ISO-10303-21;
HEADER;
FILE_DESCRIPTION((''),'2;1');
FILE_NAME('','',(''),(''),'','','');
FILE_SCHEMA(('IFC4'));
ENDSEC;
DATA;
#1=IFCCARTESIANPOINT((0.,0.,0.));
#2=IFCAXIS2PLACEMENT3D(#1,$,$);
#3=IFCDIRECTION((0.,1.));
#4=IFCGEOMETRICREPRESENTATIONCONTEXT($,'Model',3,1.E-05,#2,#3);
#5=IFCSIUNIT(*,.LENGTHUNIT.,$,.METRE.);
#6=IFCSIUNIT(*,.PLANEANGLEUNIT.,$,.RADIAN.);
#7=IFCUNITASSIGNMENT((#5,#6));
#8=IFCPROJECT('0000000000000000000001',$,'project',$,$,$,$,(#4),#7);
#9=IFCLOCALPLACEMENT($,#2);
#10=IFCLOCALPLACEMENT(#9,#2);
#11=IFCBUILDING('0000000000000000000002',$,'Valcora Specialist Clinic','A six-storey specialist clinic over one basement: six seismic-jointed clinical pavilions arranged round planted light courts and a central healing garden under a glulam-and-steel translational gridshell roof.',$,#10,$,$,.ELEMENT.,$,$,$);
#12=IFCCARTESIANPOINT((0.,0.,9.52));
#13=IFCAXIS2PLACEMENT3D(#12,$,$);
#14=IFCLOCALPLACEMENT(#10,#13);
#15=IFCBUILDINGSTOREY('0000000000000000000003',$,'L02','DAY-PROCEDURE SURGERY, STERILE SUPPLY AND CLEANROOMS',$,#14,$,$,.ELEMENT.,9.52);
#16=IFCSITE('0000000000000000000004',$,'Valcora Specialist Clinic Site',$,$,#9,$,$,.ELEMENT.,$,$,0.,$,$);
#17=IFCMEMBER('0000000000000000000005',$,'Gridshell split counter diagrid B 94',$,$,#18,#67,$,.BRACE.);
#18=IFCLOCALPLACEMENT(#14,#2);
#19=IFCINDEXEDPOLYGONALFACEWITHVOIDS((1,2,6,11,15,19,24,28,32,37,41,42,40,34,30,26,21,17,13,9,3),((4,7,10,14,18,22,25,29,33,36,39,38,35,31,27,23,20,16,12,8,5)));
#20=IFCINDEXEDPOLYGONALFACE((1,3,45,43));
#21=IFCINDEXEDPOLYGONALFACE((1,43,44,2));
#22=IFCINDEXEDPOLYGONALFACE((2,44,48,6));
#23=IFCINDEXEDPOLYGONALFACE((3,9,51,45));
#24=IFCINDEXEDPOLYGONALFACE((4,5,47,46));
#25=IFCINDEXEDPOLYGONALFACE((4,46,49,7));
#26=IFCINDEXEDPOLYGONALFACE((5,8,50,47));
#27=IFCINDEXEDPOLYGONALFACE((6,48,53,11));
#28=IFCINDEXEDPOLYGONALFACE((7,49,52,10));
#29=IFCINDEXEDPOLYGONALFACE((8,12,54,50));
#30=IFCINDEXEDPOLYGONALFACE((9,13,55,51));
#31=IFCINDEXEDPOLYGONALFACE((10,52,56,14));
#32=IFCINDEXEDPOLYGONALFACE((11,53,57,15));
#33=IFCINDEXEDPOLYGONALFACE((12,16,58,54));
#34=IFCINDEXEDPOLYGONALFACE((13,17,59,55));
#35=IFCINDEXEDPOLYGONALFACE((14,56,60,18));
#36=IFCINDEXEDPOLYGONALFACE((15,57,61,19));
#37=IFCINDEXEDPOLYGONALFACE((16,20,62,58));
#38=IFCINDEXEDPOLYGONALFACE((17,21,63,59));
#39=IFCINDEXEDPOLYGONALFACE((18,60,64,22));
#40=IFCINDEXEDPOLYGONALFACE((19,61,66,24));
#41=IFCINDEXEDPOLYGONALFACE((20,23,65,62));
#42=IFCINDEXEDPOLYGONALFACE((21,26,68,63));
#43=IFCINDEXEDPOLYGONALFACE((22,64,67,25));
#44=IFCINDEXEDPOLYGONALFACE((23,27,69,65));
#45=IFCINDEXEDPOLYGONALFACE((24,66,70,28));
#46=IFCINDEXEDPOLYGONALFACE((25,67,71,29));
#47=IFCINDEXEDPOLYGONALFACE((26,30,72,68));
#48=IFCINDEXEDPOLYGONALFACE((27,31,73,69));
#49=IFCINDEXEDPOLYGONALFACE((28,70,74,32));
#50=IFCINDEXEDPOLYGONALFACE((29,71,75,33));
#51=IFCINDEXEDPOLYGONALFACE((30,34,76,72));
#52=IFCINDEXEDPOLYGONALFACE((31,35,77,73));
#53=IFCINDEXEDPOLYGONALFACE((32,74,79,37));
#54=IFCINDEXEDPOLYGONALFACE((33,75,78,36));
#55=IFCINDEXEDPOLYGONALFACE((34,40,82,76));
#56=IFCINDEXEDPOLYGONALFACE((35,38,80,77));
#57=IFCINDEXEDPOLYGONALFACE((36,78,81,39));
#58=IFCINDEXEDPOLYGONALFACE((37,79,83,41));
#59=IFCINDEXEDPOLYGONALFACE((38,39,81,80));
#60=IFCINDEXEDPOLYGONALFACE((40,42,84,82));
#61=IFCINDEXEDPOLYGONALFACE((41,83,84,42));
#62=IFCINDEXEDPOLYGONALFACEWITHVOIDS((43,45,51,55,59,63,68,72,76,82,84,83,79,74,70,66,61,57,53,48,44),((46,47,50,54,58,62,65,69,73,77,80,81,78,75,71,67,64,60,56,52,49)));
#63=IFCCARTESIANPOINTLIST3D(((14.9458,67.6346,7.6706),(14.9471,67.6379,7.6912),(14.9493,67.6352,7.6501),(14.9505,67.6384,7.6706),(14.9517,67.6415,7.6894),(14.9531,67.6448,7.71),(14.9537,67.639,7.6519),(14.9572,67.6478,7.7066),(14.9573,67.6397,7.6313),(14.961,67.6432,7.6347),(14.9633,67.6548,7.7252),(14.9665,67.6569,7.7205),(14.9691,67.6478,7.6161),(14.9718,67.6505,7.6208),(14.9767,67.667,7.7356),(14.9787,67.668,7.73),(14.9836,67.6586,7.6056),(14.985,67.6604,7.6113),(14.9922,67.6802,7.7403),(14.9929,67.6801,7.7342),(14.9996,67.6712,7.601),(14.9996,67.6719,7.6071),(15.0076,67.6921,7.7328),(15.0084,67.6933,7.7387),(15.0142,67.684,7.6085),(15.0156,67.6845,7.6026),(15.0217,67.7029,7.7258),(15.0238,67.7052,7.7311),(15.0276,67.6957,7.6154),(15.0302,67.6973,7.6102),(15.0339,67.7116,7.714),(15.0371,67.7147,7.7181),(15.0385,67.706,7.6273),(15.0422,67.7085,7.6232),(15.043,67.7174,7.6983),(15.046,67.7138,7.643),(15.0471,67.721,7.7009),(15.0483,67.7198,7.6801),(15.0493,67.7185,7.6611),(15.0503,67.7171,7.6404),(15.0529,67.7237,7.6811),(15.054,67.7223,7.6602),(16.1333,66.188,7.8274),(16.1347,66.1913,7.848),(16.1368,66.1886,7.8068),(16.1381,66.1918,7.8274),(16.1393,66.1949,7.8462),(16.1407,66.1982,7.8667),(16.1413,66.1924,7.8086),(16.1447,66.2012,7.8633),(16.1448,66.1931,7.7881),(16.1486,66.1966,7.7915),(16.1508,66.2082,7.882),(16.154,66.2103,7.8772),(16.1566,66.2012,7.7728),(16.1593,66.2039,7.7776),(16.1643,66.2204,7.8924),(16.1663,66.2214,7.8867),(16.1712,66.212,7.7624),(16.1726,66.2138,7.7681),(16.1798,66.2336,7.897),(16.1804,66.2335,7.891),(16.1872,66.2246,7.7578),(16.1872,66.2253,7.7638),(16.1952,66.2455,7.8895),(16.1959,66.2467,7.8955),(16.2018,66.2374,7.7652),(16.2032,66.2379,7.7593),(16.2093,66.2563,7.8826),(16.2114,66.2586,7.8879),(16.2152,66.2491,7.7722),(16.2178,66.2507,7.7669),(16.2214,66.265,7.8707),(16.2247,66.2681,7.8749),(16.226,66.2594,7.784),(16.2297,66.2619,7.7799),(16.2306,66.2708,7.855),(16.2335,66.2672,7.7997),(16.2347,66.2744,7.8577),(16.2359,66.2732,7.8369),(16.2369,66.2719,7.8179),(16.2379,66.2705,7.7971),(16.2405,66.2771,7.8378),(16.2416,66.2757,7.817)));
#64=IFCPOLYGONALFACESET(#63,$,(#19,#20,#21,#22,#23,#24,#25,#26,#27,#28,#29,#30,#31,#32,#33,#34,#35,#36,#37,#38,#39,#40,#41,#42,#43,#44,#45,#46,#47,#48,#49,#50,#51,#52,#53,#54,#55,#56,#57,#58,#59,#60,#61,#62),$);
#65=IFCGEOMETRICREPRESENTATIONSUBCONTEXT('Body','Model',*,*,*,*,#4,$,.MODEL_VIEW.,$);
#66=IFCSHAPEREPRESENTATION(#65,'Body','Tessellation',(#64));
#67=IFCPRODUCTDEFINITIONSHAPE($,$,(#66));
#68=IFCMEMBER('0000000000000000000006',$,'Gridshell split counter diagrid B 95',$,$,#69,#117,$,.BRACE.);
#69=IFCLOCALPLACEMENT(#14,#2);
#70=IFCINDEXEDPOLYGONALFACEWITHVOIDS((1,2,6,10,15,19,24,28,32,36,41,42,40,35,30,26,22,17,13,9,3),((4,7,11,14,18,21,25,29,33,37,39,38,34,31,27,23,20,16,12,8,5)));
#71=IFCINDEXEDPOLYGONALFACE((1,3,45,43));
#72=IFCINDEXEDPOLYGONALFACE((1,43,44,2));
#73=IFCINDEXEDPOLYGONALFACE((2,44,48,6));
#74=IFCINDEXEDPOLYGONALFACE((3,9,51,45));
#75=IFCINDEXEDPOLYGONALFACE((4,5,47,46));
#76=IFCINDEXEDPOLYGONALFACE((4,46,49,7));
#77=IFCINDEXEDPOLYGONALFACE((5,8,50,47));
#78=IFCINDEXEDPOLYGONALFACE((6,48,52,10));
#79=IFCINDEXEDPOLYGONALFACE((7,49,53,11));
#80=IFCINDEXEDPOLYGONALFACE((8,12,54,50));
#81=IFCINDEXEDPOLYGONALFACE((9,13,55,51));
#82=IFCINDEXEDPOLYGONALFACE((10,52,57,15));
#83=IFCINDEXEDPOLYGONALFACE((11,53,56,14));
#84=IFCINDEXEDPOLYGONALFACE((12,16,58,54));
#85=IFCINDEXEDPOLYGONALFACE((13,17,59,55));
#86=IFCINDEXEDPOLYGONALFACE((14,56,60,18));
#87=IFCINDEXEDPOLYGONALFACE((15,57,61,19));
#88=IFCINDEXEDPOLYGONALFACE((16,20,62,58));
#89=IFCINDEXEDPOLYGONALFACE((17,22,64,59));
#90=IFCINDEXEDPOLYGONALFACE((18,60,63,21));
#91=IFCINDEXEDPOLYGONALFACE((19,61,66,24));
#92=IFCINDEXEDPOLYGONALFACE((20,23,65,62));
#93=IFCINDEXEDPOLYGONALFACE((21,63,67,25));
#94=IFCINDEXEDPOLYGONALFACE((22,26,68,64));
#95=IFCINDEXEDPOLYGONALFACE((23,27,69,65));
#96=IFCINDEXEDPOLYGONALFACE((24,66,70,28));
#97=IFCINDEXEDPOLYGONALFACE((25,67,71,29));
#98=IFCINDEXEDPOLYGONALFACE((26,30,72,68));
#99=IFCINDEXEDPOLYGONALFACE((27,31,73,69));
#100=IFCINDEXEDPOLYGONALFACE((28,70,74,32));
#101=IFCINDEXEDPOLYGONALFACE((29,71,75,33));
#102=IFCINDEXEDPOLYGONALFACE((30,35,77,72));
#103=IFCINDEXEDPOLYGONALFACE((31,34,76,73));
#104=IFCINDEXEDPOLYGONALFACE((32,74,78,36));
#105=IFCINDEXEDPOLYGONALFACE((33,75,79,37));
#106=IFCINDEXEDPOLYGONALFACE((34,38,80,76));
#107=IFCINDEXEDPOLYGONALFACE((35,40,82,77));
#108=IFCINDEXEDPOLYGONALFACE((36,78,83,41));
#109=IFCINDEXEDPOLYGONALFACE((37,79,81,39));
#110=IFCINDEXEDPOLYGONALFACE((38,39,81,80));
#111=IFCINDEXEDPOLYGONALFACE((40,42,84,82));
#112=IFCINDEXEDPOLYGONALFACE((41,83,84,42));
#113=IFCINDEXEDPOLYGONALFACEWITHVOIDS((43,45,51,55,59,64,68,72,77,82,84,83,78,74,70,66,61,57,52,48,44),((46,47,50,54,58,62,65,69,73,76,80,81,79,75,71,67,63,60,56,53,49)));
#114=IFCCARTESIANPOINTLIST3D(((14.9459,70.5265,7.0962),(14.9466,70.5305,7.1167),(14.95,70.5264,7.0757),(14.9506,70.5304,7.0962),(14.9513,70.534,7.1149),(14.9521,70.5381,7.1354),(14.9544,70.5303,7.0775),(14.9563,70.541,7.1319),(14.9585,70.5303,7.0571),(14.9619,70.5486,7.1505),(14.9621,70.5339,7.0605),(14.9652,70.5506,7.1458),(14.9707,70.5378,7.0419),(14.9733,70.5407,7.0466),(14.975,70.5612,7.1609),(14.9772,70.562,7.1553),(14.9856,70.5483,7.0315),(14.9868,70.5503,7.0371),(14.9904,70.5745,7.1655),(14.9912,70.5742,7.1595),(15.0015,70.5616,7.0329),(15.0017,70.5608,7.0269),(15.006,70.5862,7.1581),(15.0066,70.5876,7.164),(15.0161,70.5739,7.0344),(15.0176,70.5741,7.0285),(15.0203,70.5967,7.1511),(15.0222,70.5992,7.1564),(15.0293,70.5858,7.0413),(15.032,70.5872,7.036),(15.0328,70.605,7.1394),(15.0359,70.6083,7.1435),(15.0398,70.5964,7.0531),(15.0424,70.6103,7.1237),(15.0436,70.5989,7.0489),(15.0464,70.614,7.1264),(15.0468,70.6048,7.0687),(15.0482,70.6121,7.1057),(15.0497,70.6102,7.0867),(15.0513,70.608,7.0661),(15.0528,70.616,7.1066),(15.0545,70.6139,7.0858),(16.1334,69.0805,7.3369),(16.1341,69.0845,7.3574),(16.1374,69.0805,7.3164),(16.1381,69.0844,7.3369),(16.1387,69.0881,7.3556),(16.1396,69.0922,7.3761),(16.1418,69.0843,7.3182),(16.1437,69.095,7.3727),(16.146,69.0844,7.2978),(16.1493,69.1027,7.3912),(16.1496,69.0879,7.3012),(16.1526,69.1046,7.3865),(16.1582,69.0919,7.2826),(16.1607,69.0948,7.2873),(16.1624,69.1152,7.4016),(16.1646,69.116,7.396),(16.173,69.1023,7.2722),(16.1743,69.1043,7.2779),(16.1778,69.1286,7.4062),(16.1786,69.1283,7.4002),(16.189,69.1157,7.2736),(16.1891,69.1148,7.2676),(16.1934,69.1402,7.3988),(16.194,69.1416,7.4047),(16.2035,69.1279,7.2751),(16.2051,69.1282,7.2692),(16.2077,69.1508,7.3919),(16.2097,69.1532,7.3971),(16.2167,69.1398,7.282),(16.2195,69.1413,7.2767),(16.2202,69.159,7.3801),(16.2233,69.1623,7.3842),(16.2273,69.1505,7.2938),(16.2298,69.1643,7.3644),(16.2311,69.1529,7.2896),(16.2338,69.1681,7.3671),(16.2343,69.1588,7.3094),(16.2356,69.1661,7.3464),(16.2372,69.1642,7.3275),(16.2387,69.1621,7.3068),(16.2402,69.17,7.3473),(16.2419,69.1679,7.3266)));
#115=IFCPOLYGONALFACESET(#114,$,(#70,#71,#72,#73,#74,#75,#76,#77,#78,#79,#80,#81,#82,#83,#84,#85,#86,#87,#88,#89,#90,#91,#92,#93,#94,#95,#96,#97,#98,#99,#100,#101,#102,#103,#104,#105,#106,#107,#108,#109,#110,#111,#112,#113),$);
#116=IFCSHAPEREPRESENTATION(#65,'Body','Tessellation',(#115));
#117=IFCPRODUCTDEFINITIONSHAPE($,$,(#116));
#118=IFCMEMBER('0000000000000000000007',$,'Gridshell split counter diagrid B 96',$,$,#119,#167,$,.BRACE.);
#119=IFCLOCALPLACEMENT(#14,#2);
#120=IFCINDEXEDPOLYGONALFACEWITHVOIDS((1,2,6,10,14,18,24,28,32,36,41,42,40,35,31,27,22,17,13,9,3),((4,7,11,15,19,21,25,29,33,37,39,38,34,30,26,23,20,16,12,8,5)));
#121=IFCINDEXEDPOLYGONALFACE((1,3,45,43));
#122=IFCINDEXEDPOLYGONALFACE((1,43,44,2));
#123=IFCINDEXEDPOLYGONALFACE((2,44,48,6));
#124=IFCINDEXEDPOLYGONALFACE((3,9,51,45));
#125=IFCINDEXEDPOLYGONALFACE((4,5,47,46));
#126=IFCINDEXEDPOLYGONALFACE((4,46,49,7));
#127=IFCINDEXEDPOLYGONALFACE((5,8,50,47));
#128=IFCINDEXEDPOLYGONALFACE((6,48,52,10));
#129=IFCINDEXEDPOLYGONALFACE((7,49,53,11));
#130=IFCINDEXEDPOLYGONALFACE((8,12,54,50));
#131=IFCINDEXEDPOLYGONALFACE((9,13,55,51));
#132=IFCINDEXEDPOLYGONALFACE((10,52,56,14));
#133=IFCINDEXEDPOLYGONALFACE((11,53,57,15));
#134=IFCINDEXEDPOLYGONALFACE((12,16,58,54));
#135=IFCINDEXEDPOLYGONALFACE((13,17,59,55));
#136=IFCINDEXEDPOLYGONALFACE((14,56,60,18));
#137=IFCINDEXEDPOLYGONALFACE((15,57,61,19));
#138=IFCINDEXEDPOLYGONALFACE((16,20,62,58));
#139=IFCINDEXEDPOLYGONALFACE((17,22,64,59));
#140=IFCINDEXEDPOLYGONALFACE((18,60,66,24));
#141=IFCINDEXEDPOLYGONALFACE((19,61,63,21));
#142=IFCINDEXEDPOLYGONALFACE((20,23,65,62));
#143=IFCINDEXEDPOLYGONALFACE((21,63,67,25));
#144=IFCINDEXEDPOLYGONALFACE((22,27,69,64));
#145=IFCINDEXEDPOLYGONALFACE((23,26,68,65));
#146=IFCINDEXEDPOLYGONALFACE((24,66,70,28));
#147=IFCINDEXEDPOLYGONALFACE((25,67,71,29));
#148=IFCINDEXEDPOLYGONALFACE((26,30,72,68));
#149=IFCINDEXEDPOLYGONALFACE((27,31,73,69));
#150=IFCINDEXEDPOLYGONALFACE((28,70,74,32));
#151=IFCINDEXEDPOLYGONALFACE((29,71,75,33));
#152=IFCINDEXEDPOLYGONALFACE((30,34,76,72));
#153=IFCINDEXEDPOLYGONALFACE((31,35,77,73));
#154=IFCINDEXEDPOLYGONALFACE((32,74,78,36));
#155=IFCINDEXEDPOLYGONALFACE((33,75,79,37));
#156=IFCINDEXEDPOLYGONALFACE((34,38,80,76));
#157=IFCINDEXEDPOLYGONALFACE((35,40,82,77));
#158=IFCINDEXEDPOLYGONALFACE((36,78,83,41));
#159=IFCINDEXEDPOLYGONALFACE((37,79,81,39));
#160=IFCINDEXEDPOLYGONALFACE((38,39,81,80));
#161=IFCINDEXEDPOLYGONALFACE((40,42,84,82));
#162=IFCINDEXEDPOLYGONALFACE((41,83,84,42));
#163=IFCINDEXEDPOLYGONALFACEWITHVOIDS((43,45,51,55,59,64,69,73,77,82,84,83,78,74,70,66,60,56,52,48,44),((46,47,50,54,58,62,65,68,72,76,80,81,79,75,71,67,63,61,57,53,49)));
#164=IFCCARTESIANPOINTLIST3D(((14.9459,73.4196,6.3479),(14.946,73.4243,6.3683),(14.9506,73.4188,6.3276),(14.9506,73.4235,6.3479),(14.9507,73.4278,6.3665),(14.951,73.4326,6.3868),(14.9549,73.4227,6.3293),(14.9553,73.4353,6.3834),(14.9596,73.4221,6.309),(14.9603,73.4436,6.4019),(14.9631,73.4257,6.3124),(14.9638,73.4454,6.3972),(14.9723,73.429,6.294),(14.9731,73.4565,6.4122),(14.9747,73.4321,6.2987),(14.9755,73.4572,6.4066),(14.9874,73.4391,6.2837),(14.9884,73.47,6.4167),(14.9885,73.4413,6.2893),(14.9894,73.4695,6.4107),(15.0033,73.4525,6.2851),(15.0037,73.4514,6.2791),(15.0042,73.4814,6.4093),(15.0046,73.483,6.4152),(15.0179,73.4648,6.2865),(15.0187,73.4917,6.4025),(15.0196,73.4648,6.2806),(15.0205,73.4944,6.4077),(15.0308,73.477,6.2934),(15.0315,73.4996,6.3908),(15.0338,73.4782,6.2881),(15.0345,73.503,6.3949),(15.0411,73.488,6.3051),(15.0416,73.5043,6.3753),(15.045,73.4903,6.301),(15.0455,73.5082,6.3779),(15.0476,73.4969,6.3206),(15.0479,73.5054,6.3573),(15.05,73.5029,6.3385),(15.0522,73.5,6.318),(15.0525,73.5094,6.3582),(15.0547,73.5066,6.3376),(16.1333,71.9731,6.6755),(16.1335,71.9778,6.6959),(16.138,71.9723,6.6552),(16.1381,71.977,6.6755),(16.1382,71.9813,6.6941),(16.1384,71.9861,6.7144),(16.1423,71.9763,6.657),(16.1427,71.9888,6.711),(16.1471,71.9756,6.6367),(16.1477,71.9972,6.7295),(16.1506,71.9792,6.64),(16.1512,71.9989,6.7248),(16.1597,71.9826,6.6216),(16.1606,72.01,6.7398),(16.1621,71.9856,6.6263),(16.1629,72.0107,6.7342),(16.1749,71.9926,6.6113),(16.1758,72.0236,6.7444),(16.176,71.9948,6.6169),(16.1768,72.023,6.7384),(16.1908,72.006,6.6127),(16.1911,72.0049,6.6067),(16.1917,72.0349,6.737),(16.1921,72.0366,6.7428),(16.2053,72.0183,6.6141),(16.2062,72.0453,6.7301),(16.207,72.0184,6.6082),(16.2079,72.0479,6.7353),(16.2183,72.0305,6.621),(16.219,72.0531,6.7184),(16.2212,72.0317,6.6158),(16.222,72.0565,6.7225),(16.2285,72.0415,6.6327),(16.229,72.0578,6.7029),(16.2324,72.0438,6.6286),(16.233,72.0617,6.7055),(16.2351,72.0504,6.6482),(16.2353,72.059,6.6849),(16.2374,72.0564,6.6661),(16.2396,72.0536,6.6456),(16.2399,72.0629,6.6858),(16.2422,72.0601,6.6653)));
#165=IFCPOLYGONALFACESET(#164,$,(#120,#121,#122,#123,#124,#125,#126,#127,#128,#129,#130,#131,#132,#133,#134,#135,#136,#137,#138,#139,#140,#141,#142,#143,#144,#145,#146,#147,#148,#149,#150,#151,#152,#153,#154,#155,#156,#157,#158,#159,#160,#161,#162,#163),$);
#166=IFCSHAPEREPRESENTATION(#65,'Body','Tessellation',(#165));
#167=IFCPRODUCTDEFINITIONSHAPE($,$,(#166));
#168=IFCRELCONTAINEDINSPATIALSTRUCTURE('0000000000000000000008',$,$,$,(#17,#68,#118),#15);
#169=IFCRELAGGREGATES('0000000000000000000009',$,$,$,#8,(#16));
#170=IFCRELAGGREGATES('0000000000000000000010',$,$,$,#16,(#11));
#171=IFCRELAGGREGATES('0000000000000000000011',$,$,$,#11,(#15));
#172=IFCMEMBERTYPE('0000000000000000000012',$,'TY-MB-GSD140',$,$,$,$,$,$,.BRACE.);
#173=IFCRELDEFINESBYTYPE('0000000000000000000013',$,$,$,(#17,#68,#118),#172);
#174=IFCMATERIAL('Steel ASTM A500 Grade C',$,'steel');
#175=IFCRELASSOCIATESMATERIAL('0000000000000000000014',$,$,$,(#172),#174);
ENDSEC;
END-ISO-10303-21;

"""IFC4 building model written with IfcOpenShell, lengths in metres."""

from ifc_helpers import new_model, si_unit, direction, frame, origin, origin_2d, place, context, subcontext, project, spatial, hollow_circle, extrude, material, material_profile, profile_set, type_object, element, save


model = new_model("IFC4")

# Units and contexts
model_context = context("Model", 3, precision=1e-05, world=origin(), true_north=direction((0.0, 1.0)))
body_context = subcontext(model_context, "Body", "Model", "MODEL_VIEW")
ifc_project = project(units=[si_unit("LENGTHUNIT", "METRE"), si_unit("PLANEANGLEUNIT", "RADIAN")], contexts=[model_context])

# Site, building, storey
site_placement = place(None, origin())
site = spatial("IfcSite", under=ifc_project, at=site_placement, Name="Valcora Specialist Clinic Site", CompositionType="ELEMENT", RefElevation=0.0)
building_placement = place(site_placement, origin())
building = spatial("IfcBuilding", under=site, at=building_placement, Name="Valcora Specialist Clinic", Description="A six-storey specialist clinic over one basement: six seismic-jointed clinical pavilions arranged round planted light courts and a central healing garden under a glulam-and-steel translational gridshell roof.", CompositionType="ELEMENT")
storey_placement = place(building_placement, frame((0.0, 0.0, 9.52)))
storey = spatial("IfcBuildingStorey", under=building, at=storey_placement, Name="L02", Description="DAY-PROCEDURE SURGERY, STERILE SUPPLY AND CLEANROOMS", CompositionType="ELEMENT", Elevation=9.52)

# Members
ifc_material_1 = material(Name="Steel ASTM A500 Grade C", Category="steel")
ifc_material_profile_1 = material_profile(ifc_material_1, hollow_circle(Radius=0.0701, WallThickness=0.0061, at=origin_2d()), Name="ST-CHS-140X6")
ifc_profile_set_1 = profile_set([ifc_material_profile_1], Name="Steel ASTM A500 Grade C")
member_type_1 = type_object("IfcMemberType", Name="TY-MB-GSD140", PredefinedType="BRACE", material=ifc_profile_set_1)
member_1_placement = place(storey_placement, frame((16.1875, 66.2324, 7.8274), z_axis=(-0.632295, 0.770219, -0.083457), x_axis=(-0.772916, -0.634508, 0.0)))
element("IfcMember", 1, at=member_1_placement, inside=storey, type_object=member_type_1, Name="Gridshell split counter diagrid B 94", PredefinedType="BRACE", context=body_context, shape_type="SweptSolid", body=[
    extrude(hollow_circle(Radius=0.0701, WallThickness=0.0061, at=origin_2d()), origin(), (0.0, 0.0, 1.0), 1.8782),
])
member_2_placement = place(storey_placement, frame((16.1875, 69.125, 7.3369), z_axis=(-0.629449, 0.766494, -0.127598), x_axis=(-0.772811, -0.634636, 0.0)))
element("IfcMember", 2, at=member_2_placement, inside=storey, type_object=member_type_1, Name="Gridshell split counter diagrid B 95", PredefinedType="BRACE", context=body_context, shape_type="SweptSolid", body=[
    extrude(hollow_circle(Radius=0.0701, WallThickness=0.0061, at=origin_2d()), origin(), (0.0, 0.0, 1.0), 1.8865),
])
member_3_placement = place(storey_placement, frame((16.1875, 72.0176, 6.6755), z_axis=(-0.625003, 0.761337, -0.172441), x_axis=(-0.772916, -0.634508, 0.0)))
element("IfcMember", 3, at=member_3_placement, inside=storey, type_object=member_type_1, Name="Gridshell split counter diagrid B 96", PredefinedType="BRACE", context=body_context, shape_type="SweptSolid", body=[
    extrude(hollow_circle(Radius=0.0701, WallThickness=0.0061, at=origin_2d()), origin(), (0.0, 0.0, 1.0), 1.8999),
])

save(model, "model.ifc")
